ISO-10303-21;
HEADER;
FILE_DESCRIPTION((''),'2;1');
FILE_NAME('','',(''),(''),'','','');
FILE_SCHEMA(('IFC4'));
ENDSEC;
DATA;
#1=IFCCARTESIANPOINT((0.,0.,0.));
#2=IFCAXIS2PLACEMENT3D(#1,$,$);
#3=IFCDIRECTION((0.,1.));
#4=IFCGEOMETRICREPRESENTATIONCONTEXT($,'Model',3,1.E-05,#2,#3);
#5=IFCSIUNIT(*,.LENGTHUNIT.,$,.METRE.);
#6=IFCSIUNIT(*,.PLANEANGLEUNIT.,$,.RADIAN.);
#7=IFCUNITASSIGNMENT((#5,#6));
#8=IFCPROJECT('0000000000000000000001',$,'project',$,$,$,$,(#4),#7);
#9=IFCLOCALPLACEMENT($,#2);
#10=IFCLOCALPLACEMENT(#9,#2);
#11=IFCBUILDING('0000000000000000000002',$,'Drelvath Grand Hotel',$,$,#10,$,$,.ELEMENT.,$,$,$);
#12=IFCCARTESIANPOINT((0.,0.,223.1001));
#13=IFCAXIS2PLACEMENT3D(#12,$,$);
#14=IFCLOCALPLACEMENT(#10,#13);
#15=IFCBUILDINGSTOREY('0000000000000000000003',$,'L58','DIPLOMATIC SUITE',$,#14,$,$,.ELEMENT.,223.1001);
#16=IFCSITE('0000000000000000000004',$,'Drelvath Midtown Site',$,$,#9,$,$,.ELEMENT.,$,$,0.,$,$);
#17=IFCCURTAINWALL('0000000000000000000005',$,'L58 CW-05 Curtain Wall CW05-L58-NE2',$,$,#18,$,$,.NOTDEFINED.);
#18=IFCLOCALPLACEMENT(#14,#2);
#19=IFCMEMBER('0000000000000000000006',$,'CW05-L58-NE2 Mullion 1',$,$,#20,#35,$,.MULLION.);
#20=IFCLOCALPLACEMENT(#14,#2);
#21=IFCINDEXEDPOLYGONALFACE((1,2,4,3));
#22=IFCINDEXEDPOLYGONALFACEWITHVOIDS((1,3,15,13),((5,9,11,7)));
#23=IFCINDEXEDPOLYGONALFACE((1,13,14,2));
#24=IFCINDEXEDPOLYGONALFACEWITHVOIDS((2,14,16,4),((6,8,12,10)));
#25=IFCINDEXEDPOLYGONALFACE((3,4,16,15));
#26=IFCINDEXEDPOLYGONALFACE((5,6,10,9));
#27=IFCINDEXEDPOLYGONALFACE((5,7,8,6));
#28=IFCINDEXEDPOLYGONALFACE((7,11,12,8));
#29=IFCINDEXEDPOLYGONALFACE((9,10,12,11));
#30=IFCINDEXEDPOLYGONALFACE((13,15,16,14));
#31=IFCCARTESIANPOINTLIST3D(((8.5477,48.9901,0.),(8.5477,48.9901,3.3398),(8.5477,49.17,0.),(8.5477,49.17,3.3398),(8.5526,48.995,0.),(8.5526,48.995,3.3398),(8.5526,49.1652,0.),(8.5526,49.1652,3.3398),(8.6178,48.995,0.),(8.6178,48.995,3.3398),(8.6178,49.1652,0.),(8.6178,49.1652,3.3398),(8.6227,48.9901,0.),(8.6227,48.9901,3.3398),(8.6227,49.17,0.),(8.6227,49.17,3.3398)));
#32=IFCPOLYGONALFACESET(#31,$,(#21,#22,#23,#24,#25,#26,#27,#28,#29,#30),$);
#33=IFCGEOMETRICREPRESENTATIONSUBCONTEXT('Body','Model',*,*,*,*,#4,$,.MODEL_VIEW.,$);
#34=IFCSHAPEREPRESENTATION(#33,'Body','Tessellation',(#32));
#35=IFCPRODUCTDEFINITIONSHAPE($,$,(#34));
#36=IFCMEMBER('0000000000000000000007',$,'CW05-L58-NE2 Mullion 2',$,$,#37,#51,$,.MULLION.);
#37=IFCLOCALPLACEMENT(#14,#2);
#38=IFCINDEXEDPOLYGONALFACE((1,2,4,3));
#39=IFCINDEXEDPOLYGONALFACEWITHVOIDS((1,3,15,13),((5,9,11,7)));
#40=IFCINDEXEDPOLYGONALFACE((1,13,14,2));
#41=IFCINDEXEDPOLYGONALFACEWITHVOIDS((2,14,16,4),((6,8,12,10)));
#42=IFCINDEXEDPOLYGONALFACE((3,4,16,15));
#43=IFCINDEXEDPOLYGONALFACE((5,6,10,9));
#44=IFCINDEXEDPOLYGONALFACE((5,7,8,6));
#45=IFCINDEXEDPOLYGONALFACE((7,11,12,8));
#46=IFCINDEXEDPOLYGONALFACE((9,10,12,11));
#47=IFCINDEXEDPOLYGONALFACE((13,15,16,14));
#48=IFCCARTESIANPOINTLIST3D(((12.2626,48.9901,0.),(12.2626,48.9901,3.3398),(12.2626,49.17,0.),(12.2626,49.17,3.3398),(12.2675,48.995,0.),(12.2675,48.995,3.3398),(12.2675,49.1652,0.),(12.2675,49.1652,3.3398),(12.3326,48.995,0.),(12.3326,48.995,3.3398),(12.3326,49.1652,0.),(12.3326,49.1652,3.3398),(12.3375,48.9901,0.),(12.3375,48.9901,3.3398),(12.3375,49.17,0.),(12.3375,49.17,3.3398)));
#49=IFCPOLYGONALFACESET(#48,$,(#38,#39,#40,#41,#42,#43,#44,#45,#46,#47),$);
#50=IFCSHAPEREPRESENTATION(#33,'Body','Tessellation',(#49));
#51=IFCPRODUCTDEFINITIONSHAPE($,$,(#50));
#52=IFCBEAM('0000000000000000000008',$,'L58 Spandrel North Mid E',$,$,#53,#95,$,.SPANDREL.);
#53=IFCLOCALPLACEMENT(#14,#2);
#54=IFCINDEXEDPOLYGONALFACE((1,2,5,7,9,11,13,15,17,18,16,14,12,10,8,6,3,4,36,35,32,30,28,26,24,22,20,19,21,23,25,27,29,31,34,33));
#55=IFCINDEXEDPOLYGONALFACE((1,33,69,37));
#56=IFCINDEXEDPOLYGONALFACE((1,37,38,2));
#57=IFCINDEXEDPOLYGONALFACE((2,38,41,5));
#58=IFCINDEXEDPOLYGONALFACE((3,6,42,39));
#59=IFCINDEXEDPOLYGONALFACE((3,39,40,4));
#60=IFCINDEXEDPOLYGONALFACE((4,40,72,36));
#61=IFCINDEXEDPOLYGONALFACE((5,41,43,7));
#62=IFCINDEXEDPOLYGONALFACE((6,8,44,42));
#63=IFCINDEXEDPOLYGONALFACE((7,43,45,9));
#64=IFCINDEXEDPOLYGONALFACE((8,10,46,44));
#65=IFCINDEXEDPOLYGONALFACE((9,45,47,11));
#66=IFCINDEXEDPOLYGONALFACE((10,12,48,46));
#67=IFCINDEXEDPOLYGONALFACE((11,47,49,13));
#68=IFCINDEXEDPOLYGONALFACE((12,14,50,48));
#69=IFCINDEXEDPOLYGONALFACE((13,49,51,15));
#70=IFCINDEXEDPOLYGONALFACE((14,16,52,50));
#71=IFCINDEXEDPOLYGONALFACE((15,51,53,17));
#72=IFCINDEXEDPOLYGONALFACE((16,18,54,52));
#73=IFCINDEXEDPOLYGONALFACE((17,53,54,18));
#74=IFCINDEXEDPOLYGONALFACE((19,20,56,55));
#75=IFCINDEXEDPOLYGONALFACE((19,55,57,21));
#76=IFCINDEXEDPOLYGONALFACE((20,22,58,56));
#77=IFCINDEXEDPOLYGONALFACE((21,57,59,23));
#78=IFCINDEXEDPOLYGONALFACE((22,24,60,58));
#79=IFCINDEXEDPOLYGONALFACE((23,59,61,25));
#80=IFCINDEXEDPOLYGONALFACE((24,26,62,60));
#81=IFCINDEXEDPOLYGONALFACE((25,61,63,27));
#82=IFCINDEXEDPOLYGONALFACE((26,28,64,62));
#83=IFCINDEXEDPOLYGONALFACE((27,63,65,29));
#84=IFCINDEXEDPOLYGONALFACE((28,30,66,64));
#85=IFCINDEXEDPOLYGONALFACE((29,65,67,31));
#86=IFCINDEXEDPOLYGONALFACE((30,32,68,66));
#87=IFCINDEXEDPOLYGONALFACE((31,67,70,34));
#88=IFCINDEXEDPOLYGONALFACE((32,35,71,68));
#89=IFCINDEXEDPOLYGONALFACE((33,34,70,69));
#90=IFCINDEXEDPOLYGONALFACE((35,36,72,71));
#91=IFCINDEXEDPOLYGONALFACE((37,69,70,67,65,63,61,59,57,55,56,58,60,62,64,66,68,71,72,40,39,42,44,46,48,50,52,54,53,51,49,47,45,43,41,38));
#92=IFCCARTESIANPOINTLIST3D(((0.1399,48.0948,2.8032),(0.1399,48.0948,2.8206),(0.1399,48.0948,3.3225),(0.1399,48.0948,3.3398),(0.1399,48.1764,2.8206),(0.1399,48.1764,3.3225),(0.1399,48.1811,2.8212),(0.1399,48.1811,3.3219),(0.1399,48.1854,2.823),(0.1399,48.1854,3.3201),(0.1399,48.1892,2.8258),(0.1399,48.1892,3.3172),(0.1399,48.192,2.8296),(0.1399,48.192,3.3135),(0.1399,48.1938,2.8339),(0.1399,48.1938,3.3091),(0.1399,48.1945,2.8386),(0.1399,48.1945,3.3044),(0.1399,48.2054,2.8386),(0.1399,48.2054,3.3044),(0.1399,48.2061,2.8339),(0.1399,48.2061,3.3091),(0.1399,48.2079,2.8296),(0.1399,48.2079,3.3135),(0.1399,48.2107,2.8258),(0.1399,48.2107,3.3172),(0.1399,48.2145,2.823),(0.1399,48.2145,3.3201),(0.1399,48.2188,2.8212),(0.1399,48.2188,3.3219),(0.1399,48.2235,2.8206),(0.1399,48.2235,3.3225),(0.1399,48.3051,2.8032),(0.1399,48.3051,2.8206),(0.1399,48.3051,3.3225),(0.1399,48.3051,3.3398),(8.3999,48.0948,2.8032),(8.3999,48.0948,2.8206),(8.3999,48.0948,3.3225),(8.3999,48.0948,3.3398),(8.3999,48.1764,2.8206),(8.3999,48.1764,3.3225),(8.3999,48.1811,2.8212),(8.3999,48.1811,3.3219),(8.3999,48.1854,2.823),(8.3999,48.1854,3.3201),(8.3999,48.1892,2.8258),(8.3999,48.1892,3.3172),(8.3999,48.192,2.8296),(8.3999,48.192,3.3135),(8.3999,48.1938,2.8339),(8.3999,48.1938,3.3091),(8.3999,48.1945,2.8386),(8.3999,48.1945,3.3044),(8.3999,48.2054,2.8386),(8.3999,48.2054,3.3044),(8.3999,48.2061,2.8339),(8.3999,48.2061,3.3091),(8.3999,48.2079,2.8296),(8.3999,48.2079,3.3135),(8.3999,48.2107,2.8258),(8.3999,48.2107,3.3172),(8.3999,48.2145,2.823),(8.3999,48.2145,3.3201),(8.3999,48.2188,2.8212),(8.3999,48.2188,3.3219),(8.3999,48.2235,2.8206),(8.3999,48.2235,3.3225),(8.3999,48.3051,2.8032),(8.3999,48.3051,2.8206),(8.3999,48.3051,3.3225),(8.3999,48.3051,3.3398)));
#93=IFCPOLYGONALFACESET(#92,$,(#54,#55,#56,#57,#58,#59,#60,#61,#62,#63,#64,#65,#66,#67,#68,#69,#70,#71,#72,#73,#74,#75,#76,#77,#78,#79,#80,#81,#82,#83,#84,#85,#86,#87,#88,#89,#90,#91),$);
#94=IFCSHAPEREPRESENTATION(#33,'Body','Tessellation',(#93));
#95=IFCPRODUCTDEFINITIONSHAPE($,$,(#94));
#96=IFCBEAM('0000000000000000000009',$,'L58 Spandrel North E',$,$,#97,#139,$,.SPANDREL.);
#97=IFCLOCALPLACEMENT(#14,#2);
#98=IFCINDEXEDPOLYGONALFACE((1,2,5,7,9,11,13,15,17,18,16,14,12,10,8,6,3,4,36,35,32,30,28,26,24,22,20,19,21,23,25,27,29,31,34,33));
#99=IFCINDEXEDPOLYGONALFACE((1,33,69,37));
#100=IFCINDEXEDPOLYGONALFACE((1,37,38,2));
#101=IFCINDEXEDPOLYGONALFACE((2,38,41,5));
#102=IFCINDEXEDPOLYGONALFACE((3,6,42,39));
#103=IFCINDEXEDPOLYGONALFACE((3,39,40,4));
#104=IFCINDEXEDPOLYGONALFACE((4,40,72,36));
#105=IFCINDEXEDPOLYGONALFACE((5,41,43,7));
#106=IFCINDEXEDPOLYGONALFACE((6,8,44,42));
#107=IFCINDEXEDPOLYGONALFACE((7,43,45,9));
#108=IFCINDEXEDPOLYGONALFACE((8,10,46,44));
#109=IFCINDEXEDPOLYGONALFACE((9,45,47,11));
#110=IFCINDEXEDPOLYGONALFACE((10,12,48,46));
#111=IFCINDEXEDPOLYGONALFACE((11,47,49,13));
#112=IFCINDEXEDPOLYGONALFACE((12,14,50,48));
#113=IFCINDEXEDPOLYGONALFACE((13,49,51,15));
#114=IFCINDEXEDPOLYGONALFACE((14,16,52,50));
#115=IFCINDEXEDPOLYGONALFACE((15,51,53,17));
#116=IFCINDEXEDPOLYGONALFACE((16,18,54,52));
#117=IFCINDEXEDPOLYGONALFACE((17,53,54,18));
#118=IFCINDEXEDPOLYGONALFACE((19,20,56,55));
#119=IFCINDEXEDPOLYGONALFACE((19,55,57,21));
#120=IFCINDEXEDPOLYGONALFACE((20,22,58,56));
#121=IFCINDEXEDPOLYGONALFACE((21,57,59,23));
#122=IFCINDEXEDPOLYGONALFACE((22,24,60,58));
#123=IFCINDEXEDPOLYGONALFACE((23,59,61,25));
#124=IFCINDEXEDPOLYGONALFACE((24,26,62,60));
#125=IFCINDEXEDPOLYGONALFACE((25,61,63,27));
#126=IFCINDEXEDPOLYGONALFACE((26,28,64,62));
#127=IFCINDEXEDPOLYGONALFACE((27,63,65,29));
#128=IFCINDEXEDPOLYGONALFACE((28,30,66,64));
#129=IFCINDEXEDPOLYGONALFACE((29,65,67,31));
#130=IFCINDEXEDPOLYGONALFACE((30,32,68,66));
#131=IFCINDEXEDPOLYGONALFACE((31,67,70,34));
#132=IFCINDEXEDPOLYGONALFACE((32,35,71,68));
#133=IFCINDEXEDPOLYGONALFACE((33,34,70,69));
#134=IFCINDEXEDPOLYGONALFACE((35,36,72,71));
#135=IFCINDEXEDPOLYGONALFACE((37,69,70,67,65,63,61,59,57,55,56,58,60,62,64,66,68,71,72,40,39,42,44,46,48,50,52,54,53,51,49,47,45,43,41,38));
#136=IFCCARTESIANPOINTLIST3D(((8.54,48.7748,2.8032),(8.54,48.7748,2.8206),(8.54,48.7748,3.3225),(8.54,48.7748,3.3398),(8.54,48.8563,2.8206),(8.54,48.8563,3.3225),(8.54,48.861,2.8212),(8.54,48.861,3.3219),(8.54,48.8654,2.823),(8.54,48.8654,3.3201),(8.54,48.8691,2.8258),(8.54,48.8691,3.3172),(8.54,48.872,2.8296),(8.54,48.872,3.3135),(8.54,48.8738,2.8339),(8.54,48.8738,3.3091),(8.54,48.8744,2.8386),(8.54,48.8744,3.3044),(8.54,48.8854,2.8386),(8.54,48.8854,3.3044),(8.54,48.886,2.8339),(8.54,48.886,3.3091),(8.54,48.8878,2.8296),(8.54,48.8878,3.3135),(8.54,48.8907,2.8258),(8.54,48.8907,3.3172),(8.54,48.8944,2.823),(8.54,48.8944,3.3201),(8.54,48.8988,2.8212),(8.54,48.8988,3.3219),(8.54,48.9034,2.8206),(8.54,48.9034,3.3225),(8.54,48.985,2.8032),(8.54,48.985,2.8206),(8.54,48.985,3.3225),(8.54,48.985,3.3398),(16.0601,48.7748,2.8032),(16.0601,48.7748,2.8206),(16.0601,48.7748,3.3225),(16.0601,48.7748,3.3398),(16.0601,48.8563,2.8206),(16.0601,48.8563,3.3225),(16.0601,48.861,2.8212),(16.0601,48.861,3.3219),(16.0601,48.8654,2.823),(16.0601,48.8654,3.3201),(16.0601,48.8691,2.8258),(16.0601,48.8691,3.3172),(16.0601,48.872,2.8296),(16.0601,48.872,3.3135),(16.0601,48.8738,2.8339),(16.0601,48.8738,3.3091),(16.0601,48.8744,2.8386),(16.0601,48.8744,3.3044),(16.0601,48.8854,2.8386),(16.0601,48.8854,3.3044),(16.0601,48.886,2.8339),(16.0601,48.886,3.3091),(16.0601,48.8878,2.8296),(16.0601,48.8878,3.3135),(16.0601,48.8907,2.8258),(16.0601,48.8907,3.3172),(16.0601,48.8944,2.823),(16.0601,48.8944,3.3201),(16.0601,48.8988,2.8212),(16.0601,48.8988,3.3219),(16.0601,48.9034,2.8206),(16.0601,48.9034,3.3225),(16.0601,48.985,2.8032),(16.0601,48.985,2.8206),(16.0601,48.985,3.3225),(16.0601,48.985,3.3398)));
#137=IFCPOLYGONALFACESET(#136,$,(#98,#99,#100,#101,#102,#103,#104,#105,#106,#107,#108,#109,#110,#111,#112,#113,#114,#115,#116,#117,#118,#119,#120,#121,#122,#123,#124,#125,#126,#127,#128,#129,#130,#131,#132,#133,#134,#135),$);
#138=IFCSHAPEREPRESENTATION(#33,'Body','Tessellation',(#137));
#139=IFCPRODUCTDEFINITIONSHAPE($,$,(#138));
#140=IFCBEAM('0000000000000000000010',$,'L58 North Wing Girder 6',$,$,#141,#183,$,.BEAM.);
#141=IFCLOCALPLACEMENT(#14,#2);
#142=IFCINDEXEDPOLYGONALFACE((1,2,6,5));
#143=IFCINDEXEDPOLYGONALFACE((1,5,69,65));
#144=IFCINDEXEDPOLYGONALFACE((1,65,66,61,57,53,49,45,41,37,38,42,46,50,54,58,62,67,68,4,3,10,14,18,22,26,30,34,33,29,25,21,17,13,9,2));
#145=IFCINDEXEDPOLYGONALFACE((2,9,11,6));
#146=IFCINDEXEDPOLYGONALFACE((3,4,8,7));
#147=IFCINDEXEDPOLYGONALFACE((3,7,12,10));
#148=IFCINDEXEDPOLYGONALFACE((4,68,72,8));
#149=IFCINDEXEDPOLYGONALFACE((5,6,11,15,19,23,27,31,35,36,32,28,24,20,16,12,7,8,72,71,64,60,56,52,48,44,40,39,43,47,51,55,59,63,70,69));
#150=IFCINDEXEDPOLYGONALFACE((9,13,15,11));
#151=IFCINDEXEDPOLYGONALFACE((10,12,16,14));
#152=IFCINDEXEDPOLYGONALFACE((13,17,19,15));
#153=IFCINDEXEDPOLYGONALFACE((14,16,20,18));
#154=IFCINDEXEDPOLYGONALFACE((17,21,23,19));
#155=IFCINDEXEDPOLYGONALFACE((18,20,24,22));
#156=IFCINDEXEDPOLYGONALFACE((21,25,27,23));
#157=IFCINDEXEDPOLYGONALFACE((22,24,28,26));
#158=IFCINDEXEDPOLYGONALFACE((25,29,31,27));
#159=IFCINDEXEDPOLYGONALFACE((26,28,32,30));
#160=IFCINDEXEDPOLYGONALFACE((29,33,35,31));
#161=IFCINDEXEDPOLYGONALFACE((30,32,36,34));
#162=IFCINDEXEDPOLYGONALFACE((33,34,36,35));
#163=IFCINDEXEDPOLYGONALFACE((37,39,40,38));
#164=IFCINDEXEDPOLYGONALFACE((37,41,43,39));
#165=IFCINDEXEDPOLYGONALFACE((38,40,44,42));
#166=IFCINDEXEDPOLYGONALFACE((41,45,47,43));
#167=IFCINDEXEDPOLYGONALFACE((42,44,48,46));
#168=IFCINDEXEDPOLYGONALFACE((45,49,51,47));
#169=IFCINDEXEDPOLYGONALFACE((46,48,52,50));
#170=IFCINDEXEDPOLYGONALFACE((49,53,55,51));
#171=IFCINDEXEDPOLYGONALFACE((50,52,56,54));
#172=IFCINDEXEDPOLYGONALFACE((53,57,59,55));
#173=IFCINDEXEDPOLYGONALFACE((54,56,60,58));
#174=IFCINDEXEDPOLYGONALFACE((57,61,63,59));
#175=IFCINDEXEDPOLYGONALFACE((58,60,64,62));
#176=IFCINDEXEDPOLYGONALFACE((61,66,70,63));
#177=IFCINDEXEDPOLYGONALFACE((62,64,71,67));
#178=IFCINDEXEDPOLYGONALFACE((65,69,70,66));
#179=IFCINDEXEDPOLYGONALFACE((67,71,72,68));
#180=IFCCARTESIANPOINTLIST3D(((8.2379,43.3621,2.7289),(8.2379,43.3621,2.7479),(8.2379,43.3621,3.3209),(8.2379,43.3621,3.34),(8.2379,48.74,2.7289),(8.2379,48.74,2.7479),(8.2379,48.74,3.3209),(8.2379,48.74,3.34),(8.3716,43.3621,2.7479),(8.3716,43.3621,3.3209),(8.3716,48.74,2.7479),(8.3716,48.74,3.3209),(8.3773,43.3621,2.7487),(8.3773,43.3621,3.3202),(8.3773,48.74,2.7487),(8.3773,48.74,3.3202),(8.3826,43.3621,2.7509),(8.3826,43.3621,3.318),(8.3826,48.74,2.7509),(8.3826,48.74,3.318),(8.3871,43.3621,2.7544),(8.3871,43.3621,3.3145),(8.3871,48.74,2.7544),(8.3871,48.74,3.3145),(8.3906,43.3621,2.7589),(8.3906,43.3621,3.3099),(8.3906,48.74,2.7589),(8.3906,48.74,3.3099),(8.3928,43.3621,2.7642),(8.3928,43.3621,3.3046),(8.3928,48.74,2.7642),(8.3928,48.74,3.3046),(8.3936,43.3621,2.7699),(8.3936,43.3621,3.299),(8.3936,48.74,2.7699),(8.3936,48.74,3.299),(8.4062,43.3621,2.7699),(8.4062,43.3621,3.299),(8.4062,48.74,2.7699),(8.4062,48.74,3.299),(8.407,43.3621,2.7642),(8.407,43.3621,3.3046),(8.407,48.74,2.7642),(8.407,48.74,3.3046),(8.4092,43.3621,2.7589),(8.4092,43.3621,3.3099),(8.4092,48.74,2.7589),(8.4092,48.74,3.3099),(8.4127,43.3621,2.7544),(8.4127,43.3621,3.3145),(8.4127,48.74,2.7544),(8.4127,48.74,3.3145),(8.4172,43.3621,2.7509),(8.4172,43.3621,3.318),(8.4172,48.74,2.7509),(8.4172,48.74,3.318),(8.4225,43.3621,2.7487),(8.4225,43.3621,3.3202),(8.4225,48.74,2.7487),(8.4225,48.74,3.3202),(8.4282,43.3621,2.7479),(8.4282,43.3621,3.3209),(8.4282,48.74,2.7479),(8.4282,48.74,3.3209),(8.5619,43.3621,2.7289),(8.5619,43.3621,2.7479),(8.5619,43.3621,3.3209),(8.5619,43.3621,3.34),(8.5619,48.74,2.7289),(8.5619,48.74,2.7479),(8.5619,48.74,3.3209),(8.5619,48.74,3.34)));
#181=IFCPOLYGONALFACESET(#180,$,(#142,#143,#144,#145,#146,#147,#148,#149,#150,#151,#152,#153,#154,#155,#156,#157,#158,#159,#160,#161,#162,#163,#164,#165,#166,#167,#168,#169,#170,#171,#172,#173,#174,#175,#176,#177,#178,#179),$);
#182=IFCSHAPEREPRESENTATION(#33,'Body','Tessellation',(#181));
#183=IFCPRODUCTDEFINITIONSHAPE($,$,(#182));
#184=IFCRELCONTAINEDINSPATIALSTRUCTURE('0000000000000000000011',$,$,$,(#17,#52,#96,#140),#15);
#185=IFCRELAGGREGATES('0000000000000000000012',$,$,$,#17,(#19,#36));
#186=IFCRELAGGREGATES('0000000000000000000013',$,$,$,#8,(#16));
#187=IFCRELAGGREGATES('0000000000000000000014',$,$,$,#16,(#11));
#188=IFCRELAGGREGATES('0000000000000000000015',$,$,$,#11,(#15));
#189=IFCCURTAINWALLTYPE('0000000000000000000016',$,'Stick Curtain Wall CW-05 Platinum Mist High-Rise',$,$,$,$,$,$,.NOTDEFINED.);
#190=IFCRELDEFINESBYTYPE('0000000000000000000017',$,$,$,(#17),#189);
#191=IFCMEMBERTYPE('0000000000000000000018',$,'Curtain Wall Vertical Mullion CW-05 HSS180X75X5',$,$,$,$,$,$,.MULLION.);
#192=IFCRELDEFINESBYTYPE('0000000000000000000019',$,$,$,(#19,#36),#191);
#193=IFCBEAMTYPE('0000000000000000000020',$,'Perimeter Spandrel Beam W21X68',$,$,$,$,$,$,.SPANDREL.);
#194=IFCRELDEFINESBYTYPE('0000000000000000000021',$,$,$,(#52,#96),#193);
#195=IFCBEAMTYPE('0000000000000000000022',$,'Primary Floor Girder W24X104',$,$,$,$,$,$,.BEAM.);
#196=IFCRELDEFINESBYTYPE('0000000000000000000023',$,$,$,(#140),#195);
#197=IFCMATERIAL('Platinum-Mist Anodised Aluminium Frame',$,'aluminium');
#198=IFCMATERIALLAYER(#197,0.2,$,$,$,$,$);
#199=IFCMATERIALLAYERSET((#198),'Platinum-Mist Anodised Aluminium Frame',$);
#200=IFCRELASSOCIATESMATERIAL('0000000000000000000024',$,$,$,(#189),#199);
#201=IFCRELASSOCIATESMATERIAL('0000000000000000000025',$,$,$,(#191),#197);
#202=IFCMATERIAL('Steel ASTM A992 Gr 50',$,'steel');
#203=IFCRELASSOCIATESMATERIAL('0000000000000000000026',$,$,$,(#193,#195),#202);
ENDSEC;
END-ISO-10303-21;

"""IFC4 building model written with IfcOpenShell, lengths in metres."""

from ifc_helpers import new_model, si_unit, direction, frame, origin, origin_2d, place, context, subcontext, project, spatial, hollow_rectangle, i_section, extrude, material, layer, layer_set, material_profile, profile_set, type_object, element, aggregate, save


model = new_model("IFC4")

# Units and contexts
model_context = context("Model", 3, precision=1e-05, world=origin(), true_north=direction((0.0, 1.0)))
body_context = subcontext(model_context, "Body", "Model", "MODEL_VIEW")
ifc_project = project(units=[si_unit("LENGTHUNIT", "METRE"), si_unit("PLANEANGLEUNIT", "RADIAN")], contexts=[model_context])

# Site, building, storey
site_placement = place(None, origin())
site = spatial("IfcSite", under=ifc_project, at=site_placement, Name="Drelvath Midtown Site", CompositionType="ELEMENT", RefElevation=0.0)
building_placement = place(site_placement, origin())
building = spatial("IfcBuilding", under=site, at=building_placement, Name="Drelvath Grand Hotel", CompositionType="ELEMENT")
storey_placement = place(building_placement, frame((0.0, 0.0, 223.1001)))
storey = spatial("IfcBuildingStorey", under=building, at=storey_placement, Name="L58", Description="DIPLOMATIC SUITE", CompositionType="ELEMENT", Elevation=223.1001)

# Curtain wall
ifc_material_1 = material(Name="Platinum-Mist Anodised Aluminium Frame", Category="aluminium")
ifc_layer_1 = layer(ifc_material_1, 0.2)
ifc_layer_set_1 = layer_set([ifc_layer_1], Name="Platinum-Mist Anodised Aluminium Frame")
curtain_wall_type = type_object("IfcCurtainWallType", Name="Stick Curtain Wall CW-05 Platinum Mist High-Rise", PredefinedType="NOTDEFINED", material=ifc_layer_set_1)
curtain_wall_1_placement = place(storey_placement, origin())
curtain_wall_1 = element("IfcCurtainWall", 1, at=curtain_wall_1_placement, inside=storey, type_object=curtain_wall_type, Name="L58 CW-05 Curtain Wall CW05-L58-NE2", PredefinedType="NOTDEFINED")

# Members
ifc_material_profile_1 = material_profile(ifc_material_1, hollow_rectangle(XDim=0.075, YDim=0.1799, WallThickness=0.0049, at=origin_2d()), Name="HSS180X75X5")
ifc_profile_set_1 = profile_set([ifc_material_profile_1], Name="Platinum-Mist Anodised Aluminium Frame")
member_type_1 = type_object("IfcMemberType", Name="Curtain Wall Vertical Mullion CW-05 HSS180X75X5", PredefinedType="MULLION", material=ifc_profile_set_1)
member_1_placement = place(storey_placement, frame((8.5852, 49.0801, 0.0), z_axis=(0.0, 0.0, 1.0), x_axis=(1.0, 0.0, 0.0)))
member_1 = element("IfcMember", 2, at=member_1_placement, type_object=member_type_1, Name="CW05-L58-NE2 Mullion 1", PredefinedType="MULLION", context=body_context, shape_type="SweptSolid", body=[
    extrude(hollow_rectangle(XDim=0.075, YDim=0.1799, WallThickness=0.0049, at=origin_2d()), origin(), (0.0, 0.0, 1.0), 3.3398),
])
member_2_placement = place(storey_placement, frame((12.3, 49.0801, 0.0), z_axis=(0.0, 0.0, 1.0), x_axis=(1.0, 0.0, 0.0)))
member_2 = element("IfcMember", 3, at=member_2_placement, type_object=member_type_1, Name="CW05-L58-NE2 Mullion 2", PredefinedType="MULLION", context=body_context, shape_type="SweptSolid", body=[
    extrude(hollow_rectangle(XDim=0.075, YDim=0.1799, WallThickness=0.0049, at=origin_2d()), origin(), (0.0, 0.0, 1.0), 3.3398),
])

# Beams
ifc_material_2 = material(Name="Steel ASTM A992 Gr 50", Category="steel")
ifc_material_profile_2 = material_profile(ifc_material_2, i_section(OverallWidth=0.2102, OverallDepth=0.5366, WebThickness=0.011, FlangeThickness=0.0173, FilletRadius=0.0181, at=origin_2d()), Name="W21X68")
ifc_profile_set_2 = profile_set([ifc_material_profile_2], Name="Steel ASTM A992 Gr 50")
beam_type_1 = type_object("IfcBeamType", Name="Perimeter Spandrel Beam W21X68", PredefinedType="SPANDREL", material=ifc_profile_set_2)
beam_1_placement = place(storey_placement, frame((0.1399, 48.2, 3.0715), z_axis=(1.0, 0.0, 0.0), x_axis=(0.0, 1.0, 0.0)))
element("IfcBeam", 4, at=beam_1_placement, inside=storey, type_object=beam_type_1, Name="L58 Spandrel North Mid E", PredefinedType="SPANDREL", context=body_context, shape_type="SweptSolid", body=[
    extrude(i_section(OverallWidth=0.2102, OverallDepth=0.5366, WebThickness=0.011, FlangeThickness=0.0173, FilletRadius=0.0181, at=origin_2d()), origin(), (0.0, 0.0, 1.0), 8.26),
])
beam_2_placement = place(storey_placement, frame((8.54, 48.8799, 3.0715), z_axis=(1.0, 0.0, 0.0), x_axis=(0.0, 1.0, 0.0)))
element("IfcBeam", 5, at=beam_2_placement, inside=storey, type_object=beam_type_1, Name="L58 Spandrel North E", PredefinedType="SPANDREL", context=body_context, shape_type="SweptSolid", body=[
    extrude(i_section(OverallWidth=0.2102, OverallDepth=0.5366, WebThickness=0.011, FlangeThickness=0.0173, FilletRadius=0.0181, at=origin_2d()), origin(), (0.0, 0.0, 1.0), 7.52),
])
ifc_material_profile_3 = material_profile(ifc_material_2, i_section(OverallWidth=0.324, OverallDepth=0.6111, WebThickness=0.0127, FlangeThickness=0.019, FilletRadius=0.022, at=origin_2d()), Name="W24X104")
ifc_profile_set_3 = profile_set([ifc_material_profile_3], Name="Steel ASTM A992 Gr 50")
beam_type_2 = type_object("IfcBeamType", Name="Primary Floor Girder W24X104", PredefinedType="BEAM", material=ifc_profile_set_3)
beam_3_placement = place(storey_placement, frame((8.3999, 43.3621, 3.0344), z_axis=(0.0, 1.0, 0.0), x_axis=(-1.0, 0.0, 0.0)))
element("IfcBeam", 6, at=beam_3_placement, inside=storey, type_object=beam_type_2, Name="L58 North Wing Girder 6", PredefinedType="BEAM", context=body_context, shape_type="SweptSolid", body=[
    extrude(i_section(OverallWidth=0.324, OverallDepth=0.6111, WebThickness=0.0127, FlangeThickness=0.019, FilletRadius=0.022, at=origin_2d()), origin(), (0.0, 0.0, 1.0), 5.3779),
])

aggregate(curtain_wall_1, [member_1, member_2])

save(model, "model.ifc")
